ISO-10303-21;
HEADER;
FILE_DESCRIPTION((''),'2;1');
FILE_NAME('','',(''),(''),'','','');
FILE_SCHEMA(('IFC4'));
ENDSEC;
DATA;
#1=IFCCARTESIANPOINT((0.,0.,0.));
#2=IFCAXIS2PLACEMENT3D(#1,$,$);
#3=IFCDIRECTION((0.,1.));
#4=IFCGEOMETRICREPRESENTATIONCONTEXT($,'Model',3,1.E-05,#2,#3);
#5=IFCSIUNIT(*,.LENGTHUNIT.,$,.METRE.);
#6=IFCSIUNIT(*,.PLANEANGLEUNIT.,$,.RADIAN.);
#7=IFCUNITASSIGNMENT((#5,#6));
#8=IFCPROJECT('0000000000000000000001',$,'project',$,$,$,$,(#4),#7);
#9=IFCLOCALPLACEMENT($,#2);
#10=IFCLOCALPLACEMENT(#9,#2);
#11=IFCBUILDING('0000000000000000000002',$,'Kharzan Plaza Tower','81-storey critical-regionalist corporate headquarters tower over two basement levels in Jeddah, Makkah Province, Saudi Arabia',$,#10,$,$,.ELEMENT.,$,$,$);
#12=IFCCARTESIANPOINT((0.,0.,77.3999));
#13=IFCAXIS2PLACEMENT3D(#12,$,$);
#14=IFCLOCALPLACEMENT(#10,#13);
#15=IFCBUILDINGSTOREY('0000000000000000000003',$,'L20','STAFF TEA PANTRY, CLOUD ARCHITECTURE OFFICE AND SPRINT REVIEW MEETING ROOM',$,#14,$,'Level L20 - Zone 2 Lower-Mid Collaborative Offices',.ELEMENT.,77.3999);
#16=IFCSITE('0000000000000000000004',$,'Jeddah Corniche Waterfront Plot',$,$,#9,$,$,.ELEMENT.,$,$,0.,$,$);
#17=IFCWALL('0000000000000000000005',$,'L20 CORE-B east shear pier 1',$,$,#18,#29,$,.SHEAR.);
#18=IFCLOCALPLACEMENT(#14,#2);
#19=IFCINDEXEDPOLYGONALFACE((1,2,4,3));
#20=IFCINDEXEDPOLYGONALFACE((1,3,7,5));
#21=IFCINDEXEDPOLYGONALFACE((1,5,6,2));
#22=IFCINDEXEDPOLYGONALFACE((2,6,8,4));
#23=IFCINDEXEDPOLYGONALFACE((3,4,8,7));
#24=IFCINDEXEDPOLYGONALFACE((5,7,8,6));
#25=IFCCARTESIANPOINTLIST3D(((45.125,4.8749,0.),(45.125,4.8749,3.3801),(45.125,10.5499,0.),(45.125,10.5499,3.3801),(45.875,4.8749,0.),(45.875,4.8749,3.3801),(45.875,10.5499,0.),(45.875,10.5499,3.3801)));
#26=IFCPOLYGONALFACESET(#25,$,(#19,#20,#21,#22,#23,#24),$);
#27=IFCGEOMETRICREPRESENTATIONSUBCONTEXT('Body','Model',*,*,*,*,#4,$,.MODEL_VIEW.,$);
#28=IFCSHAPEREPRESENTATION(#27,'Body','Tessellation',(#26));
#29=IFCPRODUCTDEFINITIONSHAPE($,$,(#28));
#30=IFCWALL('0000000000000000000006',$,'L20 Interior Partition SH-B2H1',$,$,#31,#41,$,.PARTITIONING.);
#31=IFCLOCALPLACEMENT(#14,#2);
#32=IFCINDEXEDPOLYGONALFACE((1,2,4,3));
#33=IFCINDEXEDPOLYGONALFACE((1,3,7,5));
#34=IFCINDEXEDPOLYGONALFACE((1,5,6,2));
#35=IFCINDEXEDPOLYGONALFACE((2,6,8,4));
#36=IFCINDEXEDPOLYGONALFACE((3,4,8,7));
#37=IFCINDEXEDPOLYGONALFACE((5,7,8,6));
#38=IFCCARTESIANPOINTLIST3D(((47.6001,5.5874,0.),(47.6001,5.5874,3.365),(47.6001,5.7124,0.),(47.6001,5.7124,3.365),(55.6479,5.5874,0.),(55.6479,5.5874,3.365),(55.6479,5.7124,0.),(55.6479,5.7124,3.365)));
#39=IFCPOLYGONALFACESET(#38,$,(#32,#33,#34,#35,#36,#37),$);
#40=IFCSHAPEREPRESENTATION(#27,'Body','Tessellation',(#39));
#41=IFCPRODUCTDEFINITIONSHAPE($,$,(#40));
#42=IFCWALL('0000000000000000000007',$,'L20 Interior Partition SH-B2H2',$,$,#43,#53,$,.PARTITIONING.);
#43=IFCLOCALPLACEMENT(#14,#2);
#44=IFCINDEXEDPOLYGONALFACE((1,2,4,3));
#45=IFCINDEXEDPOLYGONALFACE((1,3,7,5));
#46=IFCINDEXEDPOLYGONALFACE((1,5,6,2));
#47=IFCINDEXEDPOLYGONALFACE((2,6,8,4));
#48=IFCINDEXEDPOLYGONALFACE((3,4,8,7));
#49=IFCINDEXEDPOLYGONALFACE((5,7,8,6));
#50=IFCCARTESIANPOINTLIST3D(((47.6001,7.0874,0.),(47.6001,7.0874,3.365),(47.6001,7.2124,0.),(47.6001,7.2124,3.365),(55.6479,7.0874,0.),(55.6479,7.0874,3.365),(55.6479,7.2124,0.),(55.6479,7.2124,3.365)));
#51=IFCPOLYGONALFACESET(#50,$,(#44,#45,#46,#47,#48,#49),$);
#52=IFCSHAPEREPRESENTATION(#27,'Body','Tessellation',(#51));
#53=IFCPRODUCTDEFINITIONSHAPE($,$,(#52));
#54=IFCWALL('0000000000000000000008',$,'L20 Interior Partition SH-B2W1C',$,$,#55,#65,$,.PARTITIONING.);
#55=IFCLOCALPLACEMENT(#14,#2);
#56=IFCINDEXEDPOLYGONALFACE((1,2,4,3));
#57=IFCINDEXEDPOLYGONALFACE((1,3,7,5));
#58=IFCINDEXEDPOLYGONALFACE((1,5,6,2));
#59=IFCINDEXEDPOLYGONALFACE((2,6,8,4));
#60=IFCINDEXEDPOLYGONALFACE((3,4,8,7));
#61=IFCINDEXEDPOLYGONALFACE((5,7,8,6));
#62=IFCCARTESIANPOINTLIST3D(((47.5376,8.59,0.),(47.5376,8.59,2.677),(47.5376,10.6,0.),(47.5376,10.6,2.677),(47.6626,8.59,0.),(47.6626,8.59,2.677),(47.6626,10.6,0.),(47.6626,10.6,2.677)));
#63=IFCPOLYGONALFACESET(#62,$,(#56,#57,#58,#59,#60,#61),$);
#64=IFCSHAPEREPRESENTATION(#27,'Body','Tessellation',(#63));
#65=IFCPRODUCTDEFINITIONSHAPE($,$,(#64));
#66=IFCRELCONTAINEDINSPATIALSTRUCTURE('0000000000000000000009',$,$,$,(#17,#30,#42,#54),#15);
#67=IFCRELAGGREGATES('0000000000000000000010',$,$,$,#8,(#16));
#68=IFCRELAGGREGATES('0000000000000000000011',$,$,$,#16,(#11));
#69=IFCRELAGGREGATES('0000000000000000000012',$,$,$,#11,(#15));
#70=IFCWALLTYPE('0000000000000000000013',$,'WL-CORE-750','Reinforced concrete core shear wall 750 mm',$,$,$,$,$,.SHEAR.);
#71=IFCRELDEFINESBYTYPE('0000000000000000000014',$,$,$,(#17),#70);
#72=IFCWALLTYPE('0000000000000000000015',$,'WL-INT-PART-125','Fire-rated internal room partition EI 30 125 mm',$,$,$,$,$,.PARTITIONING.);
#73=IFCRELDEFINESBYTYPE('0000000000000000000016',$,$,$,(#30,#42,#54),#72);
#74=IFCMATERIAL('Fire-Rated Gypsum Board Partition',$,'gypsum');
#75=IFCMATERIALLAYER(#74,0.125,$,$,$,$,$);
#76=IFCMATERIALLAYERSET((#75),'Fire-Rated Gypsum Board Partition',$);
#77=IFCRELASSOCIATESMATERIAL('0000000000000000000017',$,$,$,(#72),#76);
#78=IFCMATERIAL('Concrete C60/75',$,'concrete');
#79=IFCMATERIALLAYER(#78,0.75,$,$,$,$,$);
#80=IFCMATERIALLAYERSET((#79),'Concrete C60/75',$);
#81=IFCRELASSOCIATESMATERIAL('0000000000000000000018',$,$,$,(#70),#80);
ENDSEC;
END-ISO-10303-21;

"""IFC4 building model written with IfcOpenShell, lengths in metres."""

from ifc_helpers import new_model, si_unit, direction, frame, frame_2d, origin, place, context, subcontext, project, spatial, rectangle, extrude, source, transform, mapped, material, layer, layer_set, type_object, element, save


model = new_model("IFC4")

# Units and contexts
model_context = context("Model", 3, precision=1e-05, world=origin(), true_north=direction((0.0, 1.0)))
body_context = subcontext(model_context, "Body", "Model", "MODEL_VIEW")
ifc_project = project(units=[si_unit("LENGTHUNIT", "METRE"), si_unit("PLANEANGLEUNIT", "RADIAN")], contexts=[model_context])

# Site, building, storey
site_placement = place(None, origin())
site = spatial("IfcSite", under=ifc_project, at=site_placement, Name="Jeddah Corniche Waterfront Plot", CompositionType="ELEMENT", RefElevation=0.0)
building_placement = place(site_placement, origin())
building = spatial("IfcBuilding", under=site, at=building_placement, Name="Kharzan Plaza Tower", Description="81-storey critical-regionalist corporate headquarters tower over two basement levels in Jeddah, Makkah Province, Saudi Arabia", CompositionType="ELEMENT")
storey_placement = place(building_placement, frame((0.0, 0.0, 77.3999)))
storey = spatial("IfcBuildingStorey", under=building, at=storey_placement, Name="L20", Description="STAFF TEA PANTRY, CLOUD ARCHITECTURE OFFICE AND SPRINT REVIEW MEETING ROOM", LongName="Level L20 - Zone 2 Lower-Mid Collaborative Offices", CompositionType="ELEMENT", Elevation=77.3999)

# Shared definitions
ifc_material_1 = material(Name="Concrete C60/75", Category="concrete")

# Shared definitions
ifc_material_2 = material(Name="Fire-Rated Gypsum Board Partition", Category="gypsum")
ifc_layer_1 = layer(ifc_material_2, 0.125)
ifc_layer_set_1 = layer_set([ifc_layer_1], Name="Fire-Rated Gypsum Board Partition")
wall_type_1 = type_object("IfcWallType", Name="WL-INT-PART-125", Description="Fire-rated internal room partition EI 30 125 mm", PredefinedType="PARTITIONING", material=ifc_layer_set_1)

# Walls
ifc_layer_2 = layer(ifc_material_1, 0.75)
ifc_layer_set_2 = layer_set([ifc_layer_2], Name="Concrete C60/75")
wall_type_2 = type_object("IfcWallType", Name="WL-CORE-750", Description="Reinforced concrete core shear wall 750 mm", PredefinedType="SHEAR", material=ifc_layer_set_2)
shared_shape_1 = source(origin(), body_context, "Body", "SweptSolid", [
    extrude(rectangle(XDim=5.675, YDim=0.75, at=frame_2d((2.8374, 0.0))), origin(), (0.0, 0.0, 1.0), 3.3801),
])
wall_1_placement = place(storey_placement, frame((45.5, 4.875, 0.0), z_axis=(0.0, 0.0, 1.0), x_axis=(0.0, 1.0, 0.0)))
element("IfcWall", 1, at=wall_1_placement, inside=storey, type_object=wall_type_2, Name="L20 CORE-B east shear pier 1", PredefinedType="SHEAR", context=body_context, shape_type="MappedRepresentation", body=[
    mapped(shared_shape_1, transform((0.0, 0.0, 0.0), x_axis=(1.0, 0.0, 0.0), y_axis=(0.0, 1.0, 0.0), z_axis=(0.0, 0.0, 1.0))),
])
shared_shape_2 = source(origin(), body_context, "Body", "SweptSolid", [
    extrude(rectangle(XDim=8.0479, YDim=0.125, at=frame_2d((4.0239, 0.0))), origin(), (0.0, 0.0, 1.0), 3.365),
])
for number, where, z_axis, x_axis, name in (
    (2, (47.6001, 5.6499, 0.0), (0.0, 0.0, 1.0), (1.0, 0.0, 0.0), "L20 Interior Partition SH-B2H1"),
    (3, (47.6001, 7.1499, 0.0), (0.0, 0.0, 1.0), (1.0, 0.0, 0.0), "L20 Interior Partition SH-B2H2"),
):
    element("IfcWall", number, at=place(storey_placement, frame(where, z_axis=z_axis, x_axis=x_axis)), inside=storey, type_object=wall_type_1, Name=name, PredefinedType="PARTITIONING", context=body_context, shape_type="MappedRepresentation", body=[
        mapped(shared_shape_2, transform((0.0, 0.0, 0.0), x_axis=(1.0, 0.0, 0.0), y_axis=(0.0, 1.0, 0.0), z_axis=(0.0, 0.0, 1.0))),
    ])
shared_shape_3 = source(origin(), body_context, "Body", "SweptSolid", [
    extrude(rectangle(XDim=2.01, YDim=0.125, at=frame_2d((1.0049, 0.0))), origin(), (0.0, 0.0, 1.0), 2.677),
])
wall_2_placement = place(storey_placement, frame((47.6001, 8.5901, 0.0), z_axis=(0.0, 0.0, 1.0), x_axis=(0.0, 1.0, 0.0)))
element("IfcWall", 4, at=wall_2_placement, inside=storey, type_object=wall_type_1, Name="L20 Interior Partition SH-B2W1C", PredefinedType="PARTITIONING", context=body_context, shape_type="MappedRepresentation", body=[
    mapped(shared_shape_3, transform((0.0, 0.0, 0.0), x_axis=(1.0, 0.0, 0.0), y_axis=(0.0, 1.0, 0.0), z_axis=(0.0, 0.0, 1.0))),
])

save(model, "model.ifc")
